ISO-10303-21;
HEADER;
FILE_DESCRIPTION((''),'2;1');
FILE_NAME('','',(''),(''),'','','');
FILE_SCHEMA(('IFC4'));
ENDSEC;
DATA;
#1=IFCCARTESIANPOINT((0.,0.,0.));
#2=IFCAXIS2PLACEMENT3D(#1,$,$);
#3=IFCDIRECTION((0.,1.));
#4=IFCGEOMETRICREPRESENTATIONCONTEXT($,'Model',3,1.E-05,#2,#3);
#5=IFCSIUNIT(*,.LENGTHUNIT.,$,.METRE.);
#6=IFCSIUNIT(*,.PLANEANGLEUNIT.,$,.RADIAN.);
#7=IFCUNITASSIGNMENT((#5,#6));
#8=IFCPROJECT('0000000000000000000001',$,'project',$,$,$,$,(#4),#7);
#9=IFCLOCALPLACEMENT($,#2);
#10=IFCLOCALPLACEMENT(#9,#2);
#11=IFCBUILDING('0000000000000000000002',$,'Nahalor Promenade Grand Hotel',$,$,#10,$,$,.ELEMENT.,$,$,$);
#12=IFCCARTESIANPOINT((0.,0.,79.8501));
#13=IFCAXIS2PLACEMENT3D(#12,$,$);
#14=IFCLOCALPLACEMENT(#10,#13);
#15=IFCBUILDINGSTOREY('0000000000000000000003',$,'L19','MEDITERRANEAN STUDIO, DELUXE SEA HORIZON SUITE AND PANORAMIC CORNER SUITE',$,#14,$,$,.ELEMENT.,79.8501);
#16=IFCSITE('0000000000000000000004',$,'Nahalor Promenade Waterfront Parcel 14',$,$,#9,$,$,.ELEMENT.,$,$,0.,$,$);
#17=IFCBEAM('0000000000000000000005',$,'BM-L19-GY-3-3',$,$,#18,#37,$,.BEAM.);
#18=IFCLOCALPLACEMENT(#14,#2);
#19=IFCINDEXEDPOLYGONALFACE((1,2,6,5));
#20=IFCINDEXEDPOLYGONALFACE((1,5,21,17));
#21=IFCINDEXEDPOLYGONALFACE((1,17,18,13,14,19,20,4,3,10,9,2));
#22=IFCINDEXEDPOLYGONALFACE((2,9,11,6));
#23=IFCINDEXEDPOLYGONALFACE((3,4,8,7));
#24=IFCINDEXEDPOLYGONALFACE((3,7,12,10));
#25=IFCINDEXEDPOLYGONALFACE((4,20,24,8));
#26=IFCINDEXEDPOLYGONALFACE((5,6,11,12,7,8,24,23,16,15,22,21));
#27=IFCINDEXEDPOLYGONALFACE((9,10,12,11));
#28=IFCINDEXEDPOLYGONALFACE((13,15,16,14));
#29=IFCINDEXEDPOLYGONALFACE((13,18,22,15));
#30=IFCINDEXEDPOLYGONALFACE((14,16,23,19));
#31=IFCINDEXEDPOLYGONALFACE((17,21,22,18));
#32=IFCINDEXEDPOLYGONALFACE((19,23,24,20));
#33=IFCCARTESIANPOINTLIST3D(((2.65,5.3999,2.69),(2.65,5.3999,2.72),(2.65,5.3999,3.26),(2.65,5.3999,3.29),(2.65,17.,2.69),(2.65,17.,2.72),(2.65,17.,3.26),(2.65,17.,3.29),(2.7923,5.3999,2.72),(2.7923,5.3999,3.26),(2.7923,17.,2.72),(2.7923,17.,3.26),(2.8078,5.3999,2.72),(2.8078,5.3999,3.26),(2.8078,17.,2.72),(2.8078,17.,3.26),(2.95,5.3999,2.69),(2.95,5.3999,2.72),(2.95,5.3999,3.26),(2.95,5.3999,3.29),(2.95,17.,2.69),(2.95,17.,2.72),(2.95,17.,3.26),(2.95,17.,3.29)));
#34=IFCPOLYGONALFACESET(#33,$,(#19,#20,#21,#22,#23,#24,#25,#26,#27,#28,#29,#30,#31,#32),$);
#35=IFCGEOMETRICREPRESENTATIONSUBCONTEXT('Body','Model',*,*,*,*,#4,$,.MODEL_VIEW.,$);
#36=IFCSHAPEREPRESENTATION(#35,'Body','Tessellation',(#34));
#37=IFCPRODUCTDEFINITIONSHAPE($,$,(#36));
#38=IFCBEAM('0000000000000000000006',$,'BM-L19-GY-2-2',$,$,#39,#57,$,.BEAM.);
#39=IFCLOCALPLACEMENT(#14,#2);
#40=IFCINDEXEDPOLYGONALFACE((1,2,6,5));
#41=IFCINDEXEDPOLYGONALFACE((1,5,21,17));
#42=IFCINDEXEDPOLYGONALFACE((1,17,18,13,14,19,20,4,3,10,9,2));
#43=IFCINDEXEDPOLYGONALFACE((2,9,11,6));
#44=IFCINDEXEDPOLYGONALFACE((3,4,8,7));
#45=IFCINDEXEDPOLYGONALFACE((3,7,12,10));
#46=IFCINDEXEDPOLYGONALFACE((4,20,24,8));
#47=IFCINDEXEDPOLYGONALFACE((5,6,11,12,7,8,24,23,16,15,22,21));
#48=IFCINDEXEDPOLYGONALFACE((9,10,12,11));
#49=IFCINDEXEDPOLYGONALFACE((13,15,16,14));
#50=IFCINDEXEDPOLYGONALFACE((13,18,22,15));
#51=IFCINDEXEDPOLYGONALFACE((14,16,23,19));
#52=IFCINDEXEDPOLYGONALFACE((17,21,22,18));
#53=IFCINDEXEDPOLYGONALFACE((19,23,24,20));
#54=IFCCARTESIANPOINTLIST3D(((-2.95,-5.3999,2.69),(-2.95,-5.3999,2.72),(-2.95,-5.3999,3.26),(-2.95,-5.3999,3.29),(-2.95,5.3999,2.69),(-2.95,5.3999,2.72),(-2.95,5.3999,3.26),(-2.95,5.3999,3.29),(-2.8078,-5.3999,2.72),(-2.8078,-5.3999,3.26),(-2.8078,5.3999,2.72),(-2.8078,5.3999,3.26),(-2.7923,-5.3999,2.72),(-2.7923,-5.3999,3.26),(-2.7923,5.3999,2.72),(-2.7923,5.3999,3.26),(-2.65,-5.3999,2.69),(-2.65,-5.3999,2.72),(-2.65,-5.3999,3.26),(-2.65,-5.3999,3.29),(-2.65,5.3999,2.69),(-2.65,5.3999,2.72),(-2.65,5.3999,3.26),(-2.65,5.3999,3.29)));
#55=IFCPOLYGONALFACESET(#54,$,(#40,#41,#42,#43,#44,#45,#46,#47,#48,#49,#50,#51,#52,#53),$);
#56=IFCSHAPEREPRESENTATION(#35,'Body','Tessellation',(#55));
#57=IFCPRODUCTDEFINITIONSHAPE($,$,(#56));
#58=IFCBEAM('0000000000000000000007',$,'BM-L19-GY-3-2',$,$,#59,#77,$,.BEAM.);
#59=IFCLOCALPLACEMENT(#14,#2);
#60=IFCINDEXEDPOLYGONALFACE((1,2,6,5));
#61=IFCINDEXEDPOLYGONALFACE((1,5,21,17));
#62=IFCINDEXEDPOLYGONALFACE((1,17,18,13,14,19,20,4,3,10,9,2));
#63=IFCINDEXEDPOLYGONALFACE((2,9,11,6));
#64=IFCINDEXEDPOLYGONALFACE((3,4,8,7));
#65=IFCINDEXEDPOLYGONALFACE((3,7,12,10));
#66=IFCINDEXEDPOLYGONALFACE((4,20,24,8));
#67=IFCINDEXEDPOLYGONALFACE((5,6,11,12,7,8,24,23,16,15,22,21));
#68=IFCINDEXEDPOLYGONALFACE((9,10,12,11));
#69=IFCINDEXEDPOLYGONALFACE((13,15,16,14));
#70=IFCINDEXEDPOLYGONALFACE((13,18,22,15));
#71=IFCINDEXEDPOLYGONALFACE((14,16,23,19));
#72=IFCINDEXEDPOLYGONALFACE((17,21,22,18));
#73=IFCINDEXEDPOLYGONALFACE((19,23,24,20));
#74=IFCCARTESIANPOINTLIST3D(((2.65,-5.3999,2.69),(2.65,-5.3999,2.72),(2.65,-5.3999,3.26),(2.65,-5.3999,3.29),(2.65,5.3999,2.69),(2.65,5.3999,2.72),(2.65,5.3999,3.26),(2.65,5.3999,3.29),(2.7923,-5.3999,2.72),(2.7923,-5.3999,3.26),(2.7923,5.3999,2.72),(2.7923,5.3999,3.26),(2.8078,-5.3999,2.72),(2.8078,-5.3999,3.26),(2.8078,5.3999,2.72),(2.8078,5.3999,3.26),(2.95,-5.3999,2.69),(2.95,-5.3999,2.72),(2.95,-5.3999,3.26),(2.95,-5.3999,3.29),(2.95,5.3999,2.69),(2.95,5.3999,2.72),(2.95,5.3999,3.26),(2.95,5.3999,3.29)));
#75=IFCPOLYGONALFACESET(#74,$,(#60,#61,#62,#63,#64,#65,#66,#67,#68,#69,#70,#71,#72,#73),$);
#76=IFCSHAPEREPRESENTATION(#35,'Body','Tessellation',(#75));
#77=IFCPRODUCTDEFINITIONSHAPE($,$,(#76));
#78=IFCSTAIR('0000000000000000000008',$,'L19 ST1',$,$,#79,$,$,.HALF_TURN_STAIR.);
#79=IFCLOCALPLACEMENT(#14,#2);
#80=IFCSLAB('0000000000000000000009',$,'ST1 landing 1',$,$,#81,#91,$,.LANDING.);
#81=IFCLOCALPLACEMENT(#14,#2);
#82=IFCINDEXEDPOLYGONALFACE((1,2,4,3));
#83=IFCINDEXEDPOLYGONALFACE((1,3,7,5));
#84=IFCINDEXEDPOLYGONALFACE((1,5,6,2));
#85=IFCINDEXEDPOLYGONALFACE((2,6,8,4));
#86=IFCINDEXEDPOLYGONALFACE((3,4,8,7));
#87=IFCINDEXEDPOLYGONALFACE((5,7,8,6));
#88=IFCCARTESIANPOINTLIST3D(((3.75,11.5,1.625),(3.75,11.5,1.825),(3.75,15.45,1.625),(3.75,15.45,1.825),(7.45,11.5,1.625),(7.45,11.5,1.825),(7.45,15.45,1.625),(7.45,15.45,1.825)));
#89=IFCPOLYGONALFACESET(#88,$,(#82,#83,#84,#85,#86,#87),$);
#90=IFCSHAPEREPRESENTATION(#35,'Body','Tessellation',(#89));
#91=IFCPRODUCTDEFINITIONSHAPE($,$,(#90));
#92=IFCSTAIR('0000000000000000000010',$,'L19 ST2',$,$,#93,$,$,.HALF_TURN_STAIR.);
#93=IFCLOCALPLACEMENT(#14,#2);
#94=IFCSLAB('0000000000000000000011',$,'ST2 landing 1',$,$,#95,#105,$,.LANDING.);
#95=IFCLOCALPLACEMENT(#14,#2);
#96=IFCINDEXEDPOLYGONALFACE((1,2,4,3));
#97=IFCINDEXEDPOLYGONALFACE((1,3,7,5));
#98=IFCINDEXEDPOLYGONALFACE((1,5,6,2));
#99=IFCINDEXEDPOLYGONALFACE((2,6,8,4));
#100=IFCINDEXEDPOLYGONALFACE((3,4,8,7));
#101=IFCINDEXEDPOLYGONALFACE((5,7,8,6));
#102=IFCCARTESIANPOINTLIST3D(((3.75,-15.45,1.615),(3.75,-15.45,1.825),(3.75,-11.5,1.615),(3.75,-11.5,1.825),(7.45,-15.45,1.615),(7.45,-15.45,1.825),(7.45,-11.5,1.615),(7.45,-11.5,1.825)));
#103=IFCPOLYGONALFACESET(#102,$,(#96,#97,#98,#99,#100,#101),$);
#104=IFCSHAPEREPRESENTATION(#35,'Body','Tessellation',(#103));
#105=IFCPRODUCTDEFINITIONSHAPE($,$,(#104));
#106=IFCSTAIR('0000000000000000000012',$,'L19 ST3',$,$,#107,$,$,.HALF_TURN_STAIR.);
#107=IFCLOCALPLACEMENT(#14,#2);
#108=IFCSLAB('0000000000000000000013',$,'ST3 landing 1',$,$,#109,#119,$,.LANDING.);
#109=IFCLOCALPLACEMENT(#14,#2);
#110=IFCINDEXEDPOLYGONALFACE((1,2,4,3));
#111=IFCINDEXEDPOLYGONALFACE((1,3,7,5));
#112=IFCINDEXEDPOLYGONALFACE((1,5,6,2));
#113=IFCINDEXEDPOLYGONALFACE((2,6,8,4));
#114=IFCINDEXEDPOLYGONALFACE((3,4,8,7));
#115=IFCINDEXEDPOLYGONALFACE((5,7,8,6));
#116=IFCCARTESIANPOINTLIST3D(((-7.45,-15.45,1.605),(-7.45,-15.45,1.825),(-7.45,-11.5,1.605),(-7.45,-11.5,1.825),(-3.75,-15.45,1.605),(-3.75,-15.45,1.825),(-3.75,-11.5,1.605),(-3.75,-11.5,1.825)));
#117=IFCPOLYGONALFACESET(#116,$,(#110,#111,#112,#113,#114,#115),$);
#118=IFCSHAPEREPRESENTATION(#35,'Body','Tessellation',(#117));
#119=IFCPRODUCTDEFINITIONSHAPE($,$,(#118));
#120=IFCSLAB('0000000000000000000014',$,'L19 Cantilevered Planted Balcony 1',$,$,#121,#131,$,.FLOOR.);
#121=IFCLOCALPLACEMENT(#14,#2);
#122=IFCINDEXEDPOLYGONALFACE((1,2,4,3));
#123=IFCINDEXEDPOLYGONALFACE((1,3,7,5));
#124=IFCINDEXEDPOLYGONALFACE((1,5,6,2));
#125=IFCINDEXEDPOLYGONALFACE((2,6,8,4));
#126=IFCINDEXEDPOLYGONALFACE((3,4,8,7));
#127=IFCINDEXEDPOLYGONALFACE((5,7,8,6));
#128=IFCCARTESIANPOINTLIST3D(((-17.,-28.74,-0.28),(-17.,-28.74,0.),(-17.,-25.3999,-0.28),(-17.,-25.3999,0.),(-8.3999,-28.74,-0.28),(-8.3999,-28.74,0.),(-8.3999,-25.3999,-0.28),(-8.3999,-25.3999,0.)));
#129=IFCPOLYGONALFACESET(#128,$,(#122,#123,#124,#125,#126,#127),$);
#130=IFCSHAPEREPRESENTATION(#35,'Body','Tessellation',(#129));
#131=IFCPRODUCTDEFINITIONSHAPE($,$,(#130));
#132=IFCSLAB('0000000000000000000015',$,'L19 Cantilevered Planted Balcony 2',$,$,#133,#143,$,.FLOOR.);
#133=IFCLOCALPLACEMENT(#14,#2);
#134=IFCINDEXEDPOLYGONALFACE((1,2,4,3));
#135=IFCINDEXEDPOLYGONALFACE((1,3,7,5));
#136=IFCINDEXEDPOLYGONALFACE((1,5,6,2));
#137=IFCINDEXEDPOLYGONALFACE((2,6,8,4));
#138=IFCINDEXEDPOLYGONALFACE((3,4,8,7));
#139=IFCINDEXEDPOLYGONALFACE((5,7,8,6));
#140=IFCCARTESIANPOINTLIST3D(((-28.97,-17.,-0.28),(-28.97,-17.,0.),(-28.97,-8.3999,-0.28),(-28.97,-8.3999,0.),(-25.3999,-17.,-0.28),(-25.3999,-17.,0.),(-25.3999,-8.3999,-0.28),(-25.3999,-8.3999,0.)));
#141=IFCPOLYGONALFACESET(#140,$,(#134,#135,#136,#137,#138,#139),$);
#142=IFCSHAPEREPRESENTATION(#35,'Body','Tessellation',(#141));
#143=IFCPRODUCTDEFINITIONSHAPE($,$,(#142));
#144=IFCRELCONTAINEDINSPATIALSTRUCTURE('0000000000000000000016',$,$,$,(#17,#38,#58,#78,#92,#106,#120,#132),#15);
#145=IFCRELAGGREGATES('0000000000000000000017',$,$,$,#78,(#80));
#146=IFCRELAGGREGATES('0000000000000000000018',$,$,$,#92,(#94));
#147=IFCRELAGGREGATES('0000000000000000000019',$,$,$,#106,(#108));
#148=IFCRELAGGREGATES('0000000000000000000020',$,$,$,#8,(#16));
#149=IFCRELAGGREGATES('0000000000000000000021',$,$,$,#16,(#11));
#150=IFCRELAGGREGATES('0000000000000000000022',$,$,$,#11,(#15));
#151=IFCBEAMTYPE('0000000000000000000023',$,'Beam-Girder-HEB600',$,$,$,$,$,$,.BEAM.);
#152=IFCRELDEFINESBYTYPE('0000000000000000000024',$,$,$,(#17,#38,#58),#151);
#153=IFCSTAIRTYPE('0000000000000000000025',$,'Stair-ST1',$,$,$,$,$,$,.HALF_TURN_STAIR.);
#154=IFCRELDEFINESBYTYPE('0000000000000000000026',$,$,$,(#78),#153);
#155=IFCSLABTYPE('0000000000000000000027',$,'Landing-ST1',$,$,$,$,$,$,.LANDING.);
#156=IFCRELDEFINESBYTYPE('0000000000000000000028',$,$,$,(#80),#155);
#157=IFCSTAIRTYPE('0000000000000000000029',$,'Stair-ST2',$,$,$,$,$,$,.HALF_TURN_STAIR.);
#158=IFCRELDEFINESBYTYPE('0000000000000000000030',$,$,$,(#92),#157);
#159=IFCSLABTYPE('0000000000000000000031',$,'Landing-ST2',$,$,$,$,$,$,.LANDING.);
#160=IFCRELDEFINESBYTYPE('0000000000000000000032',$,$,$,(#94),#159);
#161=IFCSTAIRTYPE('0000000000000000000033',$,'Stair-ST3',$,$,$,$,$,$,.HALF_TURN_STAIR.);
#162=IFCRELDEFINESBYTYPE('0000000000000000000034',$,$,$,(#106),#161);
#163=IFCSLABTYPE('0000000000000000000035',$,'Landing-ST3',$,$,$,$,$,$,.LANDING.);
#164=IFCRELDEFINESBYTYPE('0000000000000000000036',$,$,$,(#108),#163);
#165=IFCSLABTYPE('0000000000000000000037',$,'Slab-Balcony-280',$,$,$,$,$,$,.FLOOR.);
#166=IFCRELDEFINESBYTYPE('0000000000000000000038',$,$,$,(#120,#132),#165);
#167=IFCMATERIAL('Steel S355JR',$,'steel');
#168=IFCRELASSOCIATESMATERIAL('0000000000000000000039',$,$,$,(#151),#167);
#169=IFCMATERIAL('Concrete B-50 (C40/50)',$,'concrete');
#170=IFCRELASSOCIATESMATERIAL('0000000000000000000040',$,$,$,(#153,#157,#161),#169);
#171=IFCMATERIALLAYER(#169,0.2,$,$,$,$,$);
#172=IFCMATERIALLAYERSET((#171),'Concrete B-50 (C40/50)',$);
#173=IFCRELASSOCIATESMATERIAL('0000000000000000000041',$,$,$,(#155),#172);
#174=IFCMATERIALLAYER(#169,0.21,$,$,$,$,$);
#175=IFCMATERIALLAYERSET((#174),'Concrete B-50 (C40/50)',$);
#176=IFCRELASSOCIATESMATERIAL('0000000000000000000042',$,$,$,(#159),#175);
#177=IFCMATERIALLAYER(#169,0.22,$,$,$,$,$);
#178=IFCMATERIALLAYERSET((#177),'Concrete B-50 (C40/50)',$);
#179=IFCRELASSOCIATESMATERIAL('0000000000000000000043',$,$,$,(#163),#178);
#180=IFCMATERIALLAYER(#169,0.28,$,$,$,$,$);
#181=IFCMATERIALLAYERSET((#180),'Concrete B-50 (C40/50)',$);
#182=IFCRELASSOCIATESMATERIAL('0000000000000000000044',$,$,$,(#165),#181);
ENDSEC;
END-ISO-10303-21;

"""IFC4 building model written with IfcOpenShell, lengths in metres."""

from ifc_helpers import new_model, si_unit, direction, frame, origin, origin_2d, place, context, subcontext, project, spatial, polyline, i_section, outline, extrude, source, transform, mapped, material, layer, layer_set, material_profile, profile_set, type_object, element, aggregate, save


model = new_model("IFC4")

# Units and contexts
model_context = context("Model", 3, precision=1e-05, world=origin(), true_north=direction((0.0, 1.0)))
body_context = subcontext(model_context, "Body", "Model", "MODEL_VIEW")
ifc_project = project(units=[si_unit("LENGTHUNIT", "METRE"), si_unit("PLANEANGLEUNIT", "RADIAN")], contexts=[model_context])

# Site, building, storey
site_placement = place(None, origin())
site = spatial("IfcSite", under=ifc_project, at=site_placement, Name="Nahalor Promenade Waterfront Parcel 14", CompositionType="ELEMENT", RefElevation=0.0)
building_placement = place(site_placement, origin())
building = spatial("IfcBuilding", under=site, at=building_placement, Name="Nahalor Promenade Grand Hotel", CompositionType="ELEMENT")
storey_placement = place(building_placement, frame((0.0, 0.0, 79.8501)))
storey = spatial("IfcBuildingStorey", under=building, at=storey_placement, Name="L19", Description="MEDITERRANEAN STUDIO, DELUXE SEA HORIZON SUITE AND PANORAMIC CORNER SUITE", CompositionType="ELEMENT", Elevation=79.8501)

# Beams
ifc_material_1 = material(Name="Steel S355JR", Category="steel")
ifc_material_profile_1 = material_profile(ifc_material_1, i_section(OverallWidth=0.3, OverallDepth=0.6, WebThickness=0.0155, FlangeThickness=0.03, at=origin_2d()), Name="HEB 600")
ifc_profile_set_1 = profile_set([ifc_material_profile_1], Name="Steel S355JR")
beam_type = type_object("IfcBeamType", Name="Beam-Girder-HEB600", PredefinedType="BEAM", material=ifc_profile_set_1)
shared_shape_1 = source(origin(), body_context, "Body", "SweptSolid", [
    extrude(i_section(OverallWidth=0.3, OverallDepth=0.6, WebThickness=0.0155, FlangeThickness=0.03, at=origin_2d()), origin(), (0.0, 0.0, 1.0), 11.6001),
])
for number, where, z_axis, x_axis, name in (
    (1, (2.8, 5.3999, 2.99), (0.0, 1.0, 0.0), (-1.0, 0.0, 0.0), "BM-L19-GY-3-3"),
):
    element("IfcBeam", number, at=place(storey_placement, frame(where, z_axis=z_axis, x_axis=x_axis)), inside=storey, type_object=beam_type, Name=name, PredefinedType="BEAM", context=body_context, shape_type="MappedRepresentation", body=[
        mapped(shared_shape_1, transform((0.0, 0.0, 0.0), scale=1.0)),
    ])
shared_shape_2 = source(origin(), body_context, "Body", "SweptSolid", [
    extrude(i_section(OverallWidth=0.3, OverallDepth=0.6, WebThickness=0.0155, FlangeThickness=0.03, at=origin_2d()), origin(), (0.0, 0.0, 1.0), 10.7998),
])
for number, where, z_axis, x_axis, name in (
    (2, (-2.8, -5.3999, 2.99), (0.0, 1.0, 0.0), (-1.0, 0.0, 0.0), "BM-L19-GY-2-2"),
    (3, (2.8, -5.3999, 2.99), (0.0, 1.0, 0.0), (-1.0, 0.0, 0.0), "BM-L19-GY-3-2"),
):
    element("IfcBeam", number, at=place(storey_placement, frame(where, z_axis=z_axis, x_axis=x_axis)), inside=storey, type_object=beam_type, Name=name, PredefinedType="BEAM", context=body_context, shape_type="MappedRepresentation", body=[
        mapped(shared_shape_2, transform((0.0, 0.0, 0.0), scale=1.0)),
    ])

# Stairs, slabs
ifc_material_2 = material(Name="Concrete B-50 (C40/50)", Category="concrete")
stair_type_1 = type_object("IfcStairType", Name="Stair-ST1", PredefinedType="HALF_TURN_STAIR", material=ifc_material_2)
stair_1_placement = place(storey_placement, origin())
stair_1 = element("IfcStair", 4, at=stair_1_placement, inside=storey, type_object=stair_type_1, Name="L19 ST1", PredefinedType="HALF_TURN_STAIR")
ifc_layer_1 = layer(ifc_material_2, 0.2)
ifc_layer_set_1 = layer_set([ifc_layer_1], Name="Concrete B-50 (C40/50)")
slab_type_1 = type_object("IfcSlabType", Name="Landing-ST1", PredefinedType="LANDING", material=ifc_layer_set_1)
slab_1_placement = place(storey_placement, frame((0.0, 0.0, 1.625)))
slab_1 = element("IfcSlab", 5, at=slab_1_placement, type_object=slab_type_1, Name="ST1 landing 1", PredefinedType="LANDING", context=body_context, shape_type="SweptSolid", body=[
    extrude(outline(polyline([(7.45, 11.5), (7.45, 15.45), (3.75, 15.45), (3.75, 11.5), (7.45, 11.5)])), origin(), (0.0, 0.0, 1.0), 0.2),
])
aggregate(stair_1, [slab_1])
stair_type_2 = type_object("IfcStairType", Name="Stair-ST2", PredefinedType="HALF_TURN_STAIR", material=ifc_material_2)
stair_2_placement = place(storey_placement, origin())
stair_2 = element("IfcStair", 6, at=stair_2_placement, inside=storey, type_object=stair_type_2, Name="L19 ST2", PredefinedType="HALF_TURN_STAIR")
ifc_layer_2 = layer(ifc_material_2, 0.21)
ifc_layer_set_2 = layer_set([ifc_layer_2], Name="Concrete B-50 (C40/50)")
slab_type_2 = type_object("IfcSlabType", Name="Landing-ST2", PredefinedType="LANDING", material=ifc_layer_set_2)
slab_2_placement = place(storey_placement, frame((0.0, 0.0, 1.615)))
slab_2 = element("IfcSlab", 7, at=slab_2_placement, type_object=slab_type_2, Name="ST2 landing 1", PredefinedType="LANDING", context=body_context, shape_type="SweptSolid", body=[
    extrude(outline(polyline([(3.75, -11.5), (3.75, -15.45), (7.45, -15.45), (7.45, -11.5), (3.75, -11.5)])), origin(), (0.0, 0.0, 1.0), 0.21),
])
aggregate(stair_2, [slab_2])
stair_type_3 = type_object("IfcStairType", Name="Stair-ST3", PredefinedType="HALF_TURN_STAIR", material=ifc_material_2)
stair_3_placement = place(storey_placement, origin())
stair_3 = element("IfcStair", 8, at=stair_3_placement, inside=storey, type_object=stair_type_3, Name="L19 ST3", PredefinedType="HALF_TURN_STAIR")
ifc_layer_3 = layer(ifc_material_2, 0.22)
ifc_layer_set_3 = layer_set([ifc_layer_3], Name="Concrete B-50 (C40/50)")
slab_type_3 = type_object("IfcSlabType", Name="Landing-ST3", PredefinedType="LANDING", material=ifc_layer_set_3)
slab_3_placement = place(storey_placement, frame((0.0, 0.0, 1.605)))
slab_3 = element("IfcSlab", 9, at=slab_3_placement, type_object=slab_type_3, Name="ST3 landing 1", PredefinedType="LANDING", context=body_context, shape_type="SweptSolid", body=[
    extrude(outline(polyline([(-7.45, -11.5), (-7.45, -15.45), (-3.75, -15.45), (-3.75, -11.5), (-7.45, -11.5)])), origin(), (0.0, 0.0, 1.0), 0.22),
])
aggregate(stair_3, [slab_3])

# Slabs
ifc_layer_4 = layer(ifc_material_2, 0.28)
ifc_layer_set_4 = layer_set([ifc_layer_4], Name="Concrete B-50 (C40/50)")
slab_type_4 = type_object("IfcSlabType", Name="Slab-Balcony-280", PredefinedType="FLOOR", material=ifc_layer_set_4)
slab_4_placement = place(storey_placement, frame((0.0, 0.0, -0.28)))
element("IfcSlab", 10, at=slab_4_placement, inside=storey, type_object=slab_type_4, Name="L19 Cantilevered Planted Balcony 1", PredefinedType="FLOOR", context=body_context, shape_type="SweptSolid", body=[
    extrude(outline(polyline([(-17.0, -28.74), (-8.3999, -28.74), (-8.3999, -25.3999), (-17.0, -25.3999), (-17.0, -28.74)])), origin(), (0.0, 0.0, 1.0), 0.28),
])
slab_5_placement = place(storey_placement, frame((0.0, 0.0, -0.28)))
element("IfcSlab", 11, at=slab_5_placement, inside=storey, type_object=slab_type_4, Name="L19 Cantilevered Planted Balcony 2", PredefinedType="FLOOR", context=body_context, shape_type="SweptSolid", body=[
    extrude(outline(polyline([(-28.97, -17.0), (-25.3999, -17.0), (-25.3999, -8.3999), (-28.97, -8.3999), (-28.97, -17.0)])), origin(), (0.0, 0.0, 1.0), 0.28),
])

save(model, "model.ifc")
